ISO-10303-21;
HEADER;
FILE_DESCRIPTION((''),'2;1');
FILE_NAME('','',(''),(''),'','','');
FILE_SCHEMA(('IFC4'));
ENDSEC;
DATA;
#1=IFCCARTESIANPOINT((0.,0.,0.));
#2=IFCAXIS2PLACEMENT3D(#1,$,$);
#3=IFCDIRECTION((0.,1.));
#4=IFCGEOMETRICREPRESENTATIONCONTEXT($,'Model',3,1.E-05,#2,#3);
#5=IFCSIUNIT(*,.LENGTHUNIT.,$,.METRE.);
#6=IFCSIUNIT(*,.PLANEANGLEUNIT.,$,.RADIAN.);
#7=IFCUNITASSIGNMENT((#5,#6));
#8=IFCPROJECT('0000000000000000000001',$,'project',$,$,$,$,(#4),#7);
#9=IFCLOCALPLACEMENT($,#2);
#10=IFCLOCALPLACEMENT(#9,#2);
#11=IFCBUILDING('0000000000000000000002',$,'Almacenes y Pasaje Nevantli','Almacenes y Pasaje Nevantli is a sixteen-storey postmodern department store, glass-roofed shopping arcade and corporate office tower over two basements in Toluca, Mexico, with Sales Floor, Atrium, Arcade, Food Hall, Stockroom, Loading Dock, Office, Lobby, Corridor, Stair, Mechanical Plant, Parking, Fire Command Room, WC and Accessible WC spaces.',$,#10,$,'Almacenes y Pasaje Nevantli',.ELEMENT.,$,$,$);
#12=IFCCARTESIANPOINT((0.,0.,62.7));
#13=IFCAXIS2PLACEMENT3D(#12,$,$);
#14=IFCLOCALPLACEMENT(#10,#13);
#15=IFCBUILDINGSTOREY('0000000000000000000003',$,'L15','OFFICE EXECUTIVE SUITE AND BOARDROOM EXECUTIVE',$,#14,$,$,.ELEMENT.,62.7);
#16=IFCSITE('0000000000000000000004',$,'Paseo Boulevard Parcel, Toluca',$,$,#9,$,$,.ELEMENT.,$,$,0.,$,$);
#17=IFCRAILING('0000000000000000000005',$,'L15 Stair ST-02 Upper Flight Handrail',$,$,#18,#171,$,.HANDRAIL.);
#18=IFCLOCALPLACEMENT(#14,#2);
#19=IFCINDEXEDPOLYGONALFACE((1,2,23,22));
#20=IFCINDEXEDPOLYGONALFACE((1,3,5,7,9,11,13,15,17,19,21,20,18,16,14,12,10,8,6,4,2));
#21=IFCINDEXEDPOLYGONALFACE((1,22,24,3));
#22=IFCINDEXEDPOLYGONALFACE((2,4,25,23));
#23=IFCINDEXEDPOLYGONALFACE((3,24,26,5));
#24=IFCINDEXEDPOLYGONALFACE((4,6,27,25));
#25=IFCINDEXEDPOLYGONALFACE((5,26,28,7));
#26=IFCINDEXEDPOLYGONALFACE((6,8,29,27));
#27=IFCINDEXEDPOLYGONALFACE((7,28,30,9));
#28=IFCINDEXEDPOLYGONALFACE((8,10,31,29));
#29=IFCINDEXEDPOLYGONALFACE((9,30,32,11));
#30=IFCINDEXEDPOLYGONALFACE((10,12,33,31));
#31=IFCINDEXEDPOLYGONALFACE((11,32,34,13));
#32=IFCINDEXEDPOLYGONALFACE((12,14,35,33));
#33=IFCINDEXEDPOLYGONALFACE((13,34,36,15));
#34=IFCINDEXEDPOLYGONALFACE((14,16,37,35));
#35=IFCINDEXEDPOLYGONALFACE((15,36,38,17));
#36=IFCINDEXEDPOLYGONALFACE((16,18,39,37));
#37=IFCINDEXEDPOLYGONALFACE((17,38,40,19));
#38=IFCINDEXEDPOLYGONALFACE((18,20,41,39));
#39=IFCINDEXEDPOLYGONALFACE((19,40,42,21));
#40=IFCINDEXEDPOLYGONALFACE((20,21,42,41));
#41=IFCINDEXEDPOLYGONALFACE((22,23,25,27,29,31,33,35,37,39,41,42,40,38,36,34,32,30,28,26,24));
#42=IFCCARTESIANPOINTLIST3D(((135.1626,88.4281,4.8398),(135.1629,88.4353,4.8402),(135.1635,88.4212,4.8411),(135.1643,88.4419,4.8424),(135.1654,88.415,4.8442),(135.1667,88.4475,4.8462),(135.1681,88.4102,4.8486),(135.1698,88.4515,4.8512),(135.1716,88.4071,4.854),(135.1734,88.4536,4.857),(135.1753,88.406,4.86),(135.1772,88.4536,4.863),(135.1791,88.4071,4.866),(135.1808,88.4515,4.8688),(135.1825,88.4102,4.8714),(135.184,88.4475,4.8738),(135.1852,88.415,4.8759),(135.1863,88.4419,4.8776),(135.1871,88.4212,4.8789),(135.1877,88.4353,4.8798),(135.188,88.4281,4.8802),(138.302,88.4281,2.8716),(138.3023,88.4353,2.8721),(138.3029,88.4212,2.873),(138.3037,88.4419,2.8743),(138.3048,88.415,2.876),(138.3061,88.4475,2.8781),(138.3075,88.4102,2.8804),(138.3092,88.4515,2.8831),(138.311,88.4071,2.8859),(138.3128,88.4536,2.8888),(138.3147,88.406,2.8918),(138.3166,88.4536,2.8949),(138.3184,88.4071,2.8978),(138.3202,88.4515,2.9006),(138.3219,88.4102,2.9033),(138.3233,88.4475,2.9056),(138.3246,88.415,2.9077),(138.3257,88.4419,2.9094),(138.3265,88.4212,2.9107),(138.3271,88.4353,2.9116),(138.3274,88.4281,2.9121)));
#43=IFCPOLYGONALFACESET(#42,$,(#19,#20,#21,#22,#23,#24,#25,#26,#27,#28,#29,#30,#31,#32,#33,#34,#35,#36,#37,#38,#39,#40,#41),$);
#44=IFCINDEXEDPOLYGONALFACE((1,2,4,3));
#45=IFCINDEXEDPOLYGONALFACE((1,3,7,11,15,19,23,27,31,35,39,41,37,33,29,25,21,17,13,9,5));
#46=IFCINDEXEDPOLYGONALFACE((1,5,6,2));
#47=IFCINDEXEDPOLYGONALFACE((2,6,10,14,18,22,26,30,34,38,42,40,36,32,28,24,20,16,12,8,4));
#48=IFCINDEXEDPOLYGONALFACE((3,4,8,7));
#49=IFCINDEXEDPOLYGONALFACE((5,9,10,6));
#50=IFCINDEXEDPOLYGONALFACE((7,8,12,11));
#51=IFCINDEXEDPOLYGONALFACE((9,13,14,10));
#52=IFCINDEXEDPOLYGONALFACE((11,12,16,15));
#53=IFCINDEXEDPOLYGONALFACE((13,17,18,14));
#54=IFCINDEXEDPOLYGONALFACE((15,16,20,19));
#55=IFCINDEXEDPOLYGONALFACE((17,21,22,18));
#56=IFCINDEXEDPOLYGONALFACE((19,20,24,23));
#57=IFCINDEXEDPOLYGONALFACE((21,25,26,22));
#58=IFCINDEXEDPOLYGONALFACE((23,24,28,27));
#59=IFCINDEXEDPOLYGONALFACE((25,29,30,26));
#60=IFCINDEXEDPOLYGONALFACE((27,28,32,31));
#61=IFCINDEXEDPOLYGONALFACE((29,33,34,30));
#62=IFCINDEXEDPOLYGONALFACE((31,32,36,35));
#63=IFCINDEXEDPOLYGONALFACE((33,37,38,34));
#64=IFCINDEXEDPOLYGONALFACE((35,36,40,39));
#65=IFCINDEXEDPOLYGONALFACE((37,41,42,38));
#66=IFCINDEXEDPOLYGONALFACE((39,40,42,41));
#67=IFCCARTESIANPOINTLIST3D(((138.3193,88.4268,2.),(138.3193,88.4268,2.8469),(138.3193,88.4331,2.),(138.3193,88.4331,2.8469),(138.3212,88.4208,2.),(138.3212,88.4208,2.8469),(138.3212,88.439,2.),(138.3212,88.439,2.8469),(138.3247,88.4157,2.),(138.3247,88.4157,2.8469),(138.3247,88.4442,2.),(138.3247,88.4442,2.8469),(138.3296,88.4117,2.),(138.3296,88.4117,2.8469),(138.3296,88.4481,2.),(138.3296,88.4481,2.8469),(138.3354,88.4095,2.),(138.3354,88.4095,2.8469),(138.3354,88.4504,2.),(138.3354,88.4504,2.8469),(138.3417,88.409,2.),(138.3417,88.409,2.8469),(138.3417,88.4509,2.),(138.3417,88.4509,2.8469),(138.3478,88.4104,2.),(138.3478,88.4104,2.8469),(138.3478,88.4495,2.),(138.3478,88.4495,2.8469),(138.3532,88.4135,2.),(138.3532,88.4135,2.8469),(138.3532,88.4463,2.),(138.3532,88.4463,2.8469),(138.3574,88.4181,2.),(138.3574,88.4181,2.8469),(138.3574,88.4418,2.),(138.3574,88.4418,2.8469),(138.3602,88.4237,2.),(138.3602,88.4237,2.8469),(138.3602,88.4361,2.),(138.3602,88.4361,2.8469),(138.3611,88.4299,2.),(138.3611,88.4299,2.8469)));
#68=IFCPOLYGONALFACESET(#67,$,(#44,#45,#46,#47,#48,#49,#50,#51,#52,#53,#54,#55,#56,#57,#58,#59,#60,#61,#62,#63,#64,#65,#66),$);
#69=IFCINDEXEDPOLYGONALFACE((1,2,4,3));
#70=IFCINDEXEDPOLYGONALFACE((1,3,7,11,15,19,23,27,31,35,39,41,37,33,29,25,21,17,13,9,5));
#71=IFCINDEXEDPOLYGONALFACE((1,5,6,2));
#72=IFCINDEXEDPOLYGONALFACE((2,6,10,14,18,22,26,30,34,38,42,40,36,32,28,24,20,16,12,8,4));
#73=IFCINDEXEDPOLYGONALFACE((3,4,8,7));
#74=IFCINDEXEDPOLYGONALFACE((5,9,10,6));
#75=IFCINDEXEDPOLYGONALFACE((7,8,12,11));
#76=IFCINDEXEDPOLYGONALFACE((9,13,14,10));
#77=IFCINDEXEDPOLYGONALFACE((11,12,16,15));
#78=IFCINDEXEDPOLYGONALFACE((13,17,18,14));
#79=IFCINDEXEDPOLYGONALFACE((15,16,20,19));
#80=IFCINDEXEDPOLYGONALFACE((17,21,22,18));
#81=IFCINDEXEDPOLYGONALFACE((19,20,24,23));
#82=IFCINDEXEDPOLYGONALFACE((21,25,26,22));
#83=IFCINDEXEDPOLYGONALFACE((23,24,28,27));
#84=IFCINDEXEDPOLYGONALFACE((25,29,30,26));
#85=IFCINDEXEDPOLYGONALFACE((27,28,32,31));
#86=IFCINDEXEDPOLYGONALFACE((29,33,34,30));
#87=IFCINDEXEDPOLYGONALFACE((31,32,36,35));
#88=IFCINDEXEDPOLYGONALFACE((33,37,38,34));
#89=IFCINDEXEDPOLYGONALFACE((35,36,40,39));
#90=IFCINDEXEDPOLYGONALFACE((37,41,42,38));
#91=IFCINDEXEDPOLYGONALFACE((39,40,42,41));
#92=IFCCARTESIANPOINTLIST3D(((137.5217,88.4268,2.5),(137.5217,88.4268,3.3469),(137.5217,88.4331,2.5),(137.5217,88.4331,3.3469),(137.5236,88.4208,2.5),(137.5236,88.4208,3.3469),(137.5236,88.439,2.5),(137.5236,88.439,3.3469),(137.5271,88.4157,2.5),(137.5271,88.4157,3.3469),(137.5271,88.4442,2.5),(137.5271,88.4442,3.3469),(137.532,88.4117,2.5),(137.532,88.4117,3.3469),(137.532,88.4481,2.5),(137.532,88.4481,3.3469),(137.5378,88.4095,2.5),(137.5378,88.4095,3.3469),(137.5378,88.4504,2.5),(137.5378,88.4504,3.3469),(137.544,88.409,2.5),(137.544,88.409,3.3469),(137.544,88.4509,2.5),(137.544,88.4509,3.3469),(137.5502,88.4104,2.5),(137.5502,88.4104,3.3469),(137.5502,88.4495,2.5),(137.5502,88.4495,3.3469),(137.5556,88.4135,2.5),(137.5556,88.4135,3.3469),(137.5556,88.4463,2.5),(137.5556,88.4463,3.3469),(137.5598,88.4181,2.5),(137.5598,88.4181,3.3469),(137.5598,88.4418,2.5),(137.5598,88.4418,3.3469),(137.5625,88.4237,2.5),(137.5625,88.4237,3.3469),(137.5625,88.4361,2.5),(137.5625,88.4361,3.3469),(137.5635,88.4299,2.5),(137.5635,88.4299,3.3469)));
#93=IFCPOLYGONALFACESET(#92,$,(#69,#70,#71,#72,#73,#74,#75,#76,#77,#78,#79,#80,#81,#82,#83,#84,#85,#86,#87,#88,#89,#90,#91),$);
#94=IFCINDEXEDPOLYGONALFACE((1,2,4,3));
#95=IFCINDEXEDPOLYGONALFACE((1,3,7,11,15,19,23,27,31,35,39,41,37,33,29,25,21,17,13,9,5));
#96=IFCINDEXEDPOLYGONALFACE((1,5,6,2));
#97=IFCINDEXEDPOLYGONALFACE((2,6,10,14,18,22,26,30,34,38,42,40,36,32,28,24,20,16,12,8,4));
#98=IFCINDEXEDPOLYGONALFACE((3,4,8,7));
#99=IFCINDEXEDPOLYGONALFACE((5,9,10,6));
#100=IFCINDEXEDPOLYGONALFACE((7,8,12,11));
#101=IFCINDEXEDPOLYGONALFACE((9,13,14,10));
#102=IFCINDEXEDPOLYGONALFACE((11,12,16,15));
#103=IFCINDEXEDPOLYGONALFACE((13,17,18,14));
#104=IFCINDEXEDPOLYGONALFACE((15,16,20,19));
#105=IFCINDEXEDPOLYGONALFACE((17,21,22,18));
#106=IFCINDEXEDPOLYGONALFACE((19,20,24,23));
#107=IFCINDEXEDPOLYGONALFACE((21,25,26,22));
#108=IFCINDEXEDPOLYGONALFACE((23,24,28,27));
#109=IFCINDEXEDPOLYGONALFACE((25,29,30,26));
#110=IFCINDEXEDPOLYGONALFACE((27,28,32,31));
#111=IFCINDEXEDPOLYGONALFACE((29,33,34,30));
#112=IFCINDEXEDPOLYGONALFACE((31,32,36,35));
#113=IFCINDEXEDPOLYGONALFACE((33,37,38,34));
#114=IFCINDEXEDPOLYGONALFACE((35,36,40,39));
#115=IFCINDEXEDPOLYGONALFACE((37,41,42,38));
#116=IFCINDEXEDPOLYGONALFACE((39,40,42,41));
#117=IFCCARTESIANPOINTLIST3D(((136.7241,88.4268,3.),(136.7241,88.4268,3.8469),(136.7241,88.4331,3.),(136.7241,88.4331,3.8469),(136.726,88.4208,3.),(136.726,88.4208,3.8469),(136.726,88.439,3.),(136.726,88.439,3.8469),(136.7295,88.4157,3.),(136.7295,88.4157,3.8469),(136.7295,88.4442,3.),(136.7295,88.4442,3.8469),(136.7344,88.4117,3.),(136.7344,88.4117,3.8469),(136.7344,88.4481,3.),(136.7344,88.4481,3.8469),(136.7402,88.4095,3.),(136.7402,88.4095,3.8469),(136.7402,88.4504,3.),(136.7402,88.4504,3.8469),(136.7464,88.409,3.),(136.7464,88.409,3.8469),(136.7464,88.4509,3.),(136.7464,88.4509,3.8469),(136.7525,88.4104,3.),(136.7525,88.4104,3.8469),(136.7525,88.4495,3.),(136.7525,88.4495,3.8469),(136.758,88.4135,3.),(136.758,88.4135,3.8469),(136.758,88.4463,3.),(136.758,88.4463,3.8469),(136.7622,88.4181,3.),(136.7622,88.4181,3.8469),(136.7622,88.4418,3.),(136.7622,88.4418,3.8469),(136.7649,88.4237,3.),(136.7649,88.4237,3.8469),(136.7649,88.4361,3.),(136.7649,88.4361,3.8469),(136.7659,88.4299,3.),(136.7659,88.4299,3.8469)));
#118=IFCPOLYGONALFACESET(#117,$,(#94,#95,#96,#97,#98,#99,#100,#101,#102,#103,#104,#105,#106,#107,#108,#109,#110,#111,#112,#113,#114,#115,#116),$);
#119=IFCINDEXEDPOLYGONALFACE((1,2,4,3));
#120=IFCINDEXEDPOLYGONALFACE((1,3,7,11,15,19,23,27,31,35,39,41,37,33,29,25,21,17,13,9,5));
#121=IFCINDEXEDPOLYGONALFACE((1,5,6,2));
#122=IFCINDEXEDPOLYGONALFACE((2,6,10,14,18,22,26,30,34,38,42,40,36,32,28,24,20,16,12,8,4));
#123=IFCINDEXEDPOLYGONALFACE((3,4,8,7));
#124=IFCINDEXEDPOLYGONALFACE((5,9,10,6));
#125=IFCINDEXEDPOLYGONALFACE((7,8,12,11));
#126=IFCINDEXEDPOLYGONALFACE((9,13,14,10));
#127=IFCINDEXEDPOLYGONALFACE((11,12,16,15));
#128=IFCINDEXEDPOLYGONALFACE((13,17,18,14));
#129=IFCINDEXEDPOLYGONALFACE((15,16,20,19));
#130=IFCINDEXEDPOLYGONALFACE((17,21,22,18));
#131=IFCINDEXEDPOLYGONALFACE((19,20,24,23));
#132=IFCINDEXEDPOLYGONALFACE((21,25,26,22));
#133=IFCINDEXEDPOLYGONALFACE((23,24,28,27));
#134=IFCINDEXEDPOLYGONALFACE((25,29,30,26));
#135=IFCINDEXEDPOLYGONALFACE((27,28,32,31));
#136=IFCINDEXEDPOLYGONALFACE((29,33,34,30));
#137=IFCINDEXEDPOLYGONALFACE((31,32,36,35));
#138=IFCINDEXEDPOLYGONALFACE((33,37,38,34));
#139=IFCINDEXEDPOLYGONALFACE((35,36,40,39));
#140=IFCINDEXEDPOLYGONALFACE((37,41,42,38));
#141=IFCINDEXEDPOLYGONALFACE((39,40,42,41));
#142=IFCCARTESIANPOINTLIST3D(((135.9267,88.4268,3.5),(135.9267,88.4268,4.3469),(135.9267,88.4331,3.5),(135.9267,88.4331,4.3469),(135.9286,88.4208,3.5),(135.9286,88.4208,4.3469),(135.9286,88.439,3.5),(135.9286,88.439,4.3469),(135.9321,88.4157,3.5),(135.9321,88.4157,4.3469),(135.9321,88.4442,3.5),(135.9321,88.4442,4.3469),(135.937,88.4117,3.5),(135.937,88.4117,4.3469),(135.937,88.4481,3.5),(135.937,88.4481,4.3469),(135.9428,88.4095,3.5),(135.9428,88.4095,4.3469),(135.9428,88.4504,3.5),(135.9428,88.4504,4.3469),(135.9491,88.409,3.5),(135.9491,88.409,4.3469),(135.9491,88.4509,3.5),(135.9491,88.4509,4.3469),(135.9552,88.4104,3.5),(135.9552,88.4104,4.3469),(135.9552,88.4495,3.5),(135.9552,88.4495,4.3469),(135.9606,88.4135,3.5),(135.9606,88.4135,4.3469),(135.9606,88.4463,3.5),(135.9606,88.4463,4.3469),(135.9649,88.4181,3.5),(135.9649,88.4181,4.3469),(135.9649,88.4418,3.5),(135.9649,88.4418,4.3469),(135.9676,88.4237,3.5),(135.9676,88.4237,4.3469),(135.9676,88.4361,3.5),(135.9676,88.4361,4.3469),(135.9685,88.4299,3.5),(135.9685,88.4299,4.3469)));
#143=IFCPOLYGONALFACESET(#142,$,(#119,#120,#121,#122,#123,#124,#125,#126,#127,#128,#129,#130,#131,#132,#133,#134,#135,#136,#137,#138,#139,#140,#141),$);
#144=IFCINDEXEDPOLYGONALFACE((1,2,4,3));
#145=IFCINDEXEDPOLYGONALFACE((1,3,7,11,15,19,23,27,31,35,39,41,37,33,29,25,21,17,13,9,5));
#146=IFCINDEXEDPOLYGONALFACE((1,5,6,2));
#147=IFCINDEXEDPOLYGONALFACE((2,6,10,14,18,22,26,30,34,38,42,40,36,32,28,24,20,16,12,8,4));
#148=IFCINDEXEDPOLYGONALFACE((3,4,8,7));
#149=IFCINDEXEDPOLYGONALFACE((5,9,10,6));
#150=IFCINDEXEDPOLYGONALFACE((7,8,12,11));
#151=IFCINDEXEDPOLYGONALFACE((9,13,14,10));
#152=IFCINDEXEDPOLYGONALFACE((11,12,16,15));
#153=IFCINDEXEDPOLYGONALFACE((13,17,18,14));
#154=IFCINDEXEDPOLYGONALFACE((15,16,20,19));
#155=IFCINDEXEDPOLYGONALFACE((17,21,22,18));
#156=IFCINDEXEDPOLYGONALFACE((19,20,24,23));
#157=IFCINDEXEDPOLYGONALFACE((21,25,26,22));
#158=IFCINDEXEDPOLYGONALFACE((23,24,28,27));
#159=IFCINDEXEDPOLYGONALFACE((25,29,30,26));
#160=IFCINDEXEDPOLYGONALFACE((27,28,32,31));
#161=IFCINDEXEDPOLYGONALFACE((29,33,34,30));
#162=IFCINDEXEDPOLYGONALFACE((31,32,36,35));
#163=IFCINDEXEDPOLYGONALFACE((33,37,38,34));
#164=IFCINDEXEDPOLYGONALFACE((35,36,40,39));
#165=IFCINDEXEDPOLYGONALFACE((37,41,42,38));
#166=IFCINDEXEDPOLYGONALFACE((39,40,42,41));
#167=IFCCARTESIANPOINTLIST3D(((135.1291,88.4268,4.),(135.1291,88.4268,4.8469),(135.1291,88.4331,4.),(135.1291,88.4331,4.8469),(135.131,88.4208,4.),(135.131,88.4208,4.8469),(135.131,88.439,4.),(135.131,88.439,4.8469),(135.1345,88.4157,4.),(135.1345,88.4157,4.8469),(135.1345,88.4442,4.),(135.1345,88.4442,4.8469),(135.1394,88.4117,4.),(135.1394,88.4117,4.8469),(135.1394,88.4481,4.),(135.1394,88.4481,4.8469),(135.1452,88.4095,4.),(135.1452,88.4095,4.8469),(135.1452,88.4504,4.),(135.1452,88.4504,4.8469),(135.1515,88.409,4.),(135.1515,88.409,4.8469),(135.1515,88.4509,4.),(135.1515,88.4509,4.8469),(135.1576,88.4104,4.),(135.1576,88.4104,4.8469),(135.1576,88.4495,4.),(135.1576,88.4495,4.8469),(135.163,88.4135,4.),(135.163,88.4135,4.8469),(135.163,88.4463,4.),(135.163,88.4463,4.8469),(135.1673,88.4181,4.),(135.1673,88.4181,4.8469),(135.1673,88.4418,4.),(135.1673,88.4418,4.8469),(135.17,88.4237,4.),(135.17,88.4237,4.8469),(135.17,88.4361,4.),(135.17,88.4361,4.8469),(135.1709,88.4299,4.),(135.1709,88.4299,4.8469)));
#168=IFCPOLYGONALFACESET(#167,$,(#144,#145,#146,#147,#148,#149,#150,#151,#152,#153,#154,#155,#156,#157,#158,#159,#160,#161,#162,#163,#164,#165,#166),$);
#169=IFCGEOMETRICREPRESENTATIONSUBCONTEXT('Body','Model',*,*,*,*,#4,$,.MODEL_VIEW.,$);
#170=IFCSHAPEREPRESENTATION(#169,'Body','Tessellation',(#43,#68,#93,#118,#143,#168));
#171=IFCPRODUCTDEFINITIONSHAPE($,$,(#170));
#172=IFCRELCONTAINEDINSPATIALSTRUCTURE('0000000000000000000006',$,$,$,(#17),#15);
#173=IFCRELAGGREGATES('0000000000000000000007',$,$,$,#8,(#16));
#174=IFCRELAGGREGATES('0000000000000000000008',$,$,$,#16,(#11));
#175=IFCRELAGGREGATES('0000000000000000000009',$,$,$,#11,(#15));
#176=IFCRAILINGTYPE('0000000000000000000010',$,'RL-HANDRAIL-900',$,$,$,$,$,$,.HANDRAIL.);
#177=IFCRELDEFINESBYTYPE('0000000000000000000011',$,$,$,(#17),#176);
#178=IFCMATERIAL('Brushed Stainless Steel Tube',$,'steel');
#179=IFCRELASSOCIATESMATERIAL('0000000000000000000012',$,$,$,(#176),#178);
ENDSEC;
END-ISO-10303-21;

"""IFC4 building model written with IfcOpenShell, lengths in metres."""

from ifc_helpers import new_model, si_unit, direction, frame, origin, origin_2d, place, context, subcontext, project, spatial, circle, extrude, material, type_object, element, save


model = new_model("IFC4")

# Units and contexts
model_context = context("Model", 3, precision=1e-05, world=origin(), true_north=direction((0.0, 1.0)))
body_context = subcontext(model_context, "Body", "Model", "MODEL_VIEW")
ifc_project = project(units=[si_unit("LENGTHUNIT", "METRE"), si_unit("PLANEANGLEUNIT", "RADIAN")], contexts=[model_context])

# Site, building, storey
site_placement = place(None, origin())
site = spatial("IfcSite", under=ifc_project, at=site_placement, Name="Paseo Boulevard Parcel, Toluca", CompositionType="ELEMENT", RefElevation=0.0)
building_placement = place(site_placement, origin())
building = spatial("IfcBuilding", under=site, at=building_placement, Name="Almacenes y Pasaje Nevantli", Description="Almacenes y Pasaje Nevantli is a sixteen-storey postmodern department store, glass-roofed shopping arcade and corporate office tower over two basements in Toluca, Mexico, with Sales Floor, Atrium, Arcade, Food Hall, Stockroom, Loading Dock, Office, Lobby, Corridor, Stair, Mechanical Plant, Parking, Fire Command Room, WC and Accessible WC spaces.", LongName="Almacenes y Pasaje Nevantli", CompositionType="ELEMENT")
storey_placement = place(building_placement, frame((0.0, 0.0, 62.7)))
storey = spatial("IfcBuildingStorey", under=building, at=storey_placement, Name="L15", Description="OFFICE EXECUTIVE SUITE AND BOARDROOM EXECUTIVE", CompositionType="ELEMENT", Elevation=62.7)

# Railing
ifc_material_1 = material(Name="Brushed Stainless Steel Tube", Category="steel")
railing_type_1 = type_object("IfcRailingType", Name="RL-HANDRAIL-900", PredefinedType="HANDRAIL", material=ifc_material_1)
railing_1_placement = place(storey_placement, frame((138.3401, 88.4299, 2.0)))
element("IfcRailing", 1, at=railing_1_placement, inside=storey, type_object=railing_type_1, Name="L15 Stair ST-02 Upper Flight Handrail", PredefinedType="HANDRAIL", context=body_context, shape_type="SweptSolid", body=[
    extrude(circle(Radius=0.0239, at=origin_2d()), frame((-0.0254, 0.0, 0.8918), z_axis=(-0.847265, 0.0, 0.53117), x_axis=(0.0, -1.0, 0.0)), (0.0, 0.0, 1.0), 3.7053),
    extrude(circle(Radius=0.021, at=origin_2d()), origin(), (0.0, 0.0, 1.0), 0.8469),
    extrude(circle(Radius=0.021, at=origin_2d()), frame((-0.7976, 0.0, 0.5)), (0.0, 0.0, 1.0), 0.8469),
    extrude(circle(Radius=0.021, at=origin_2d()), frame((-1.5952, 0.0, 1.0)), (0.0, 0.0, 1.0), 0.8469),
    extrude(circle(Radius=0.021, at=origin_2d()), frame((-2.3926, 0.0, 1.5)), (0.0, 0.0, 1.0), 0.8469),
    extrude(circle(Radius=0.021, at=origin_2d()), frame((-3.1902, 0.0, 2.0)), (0.0, 0.0, 1.0), 0.8469),
])

save(model, "model.ifc")
